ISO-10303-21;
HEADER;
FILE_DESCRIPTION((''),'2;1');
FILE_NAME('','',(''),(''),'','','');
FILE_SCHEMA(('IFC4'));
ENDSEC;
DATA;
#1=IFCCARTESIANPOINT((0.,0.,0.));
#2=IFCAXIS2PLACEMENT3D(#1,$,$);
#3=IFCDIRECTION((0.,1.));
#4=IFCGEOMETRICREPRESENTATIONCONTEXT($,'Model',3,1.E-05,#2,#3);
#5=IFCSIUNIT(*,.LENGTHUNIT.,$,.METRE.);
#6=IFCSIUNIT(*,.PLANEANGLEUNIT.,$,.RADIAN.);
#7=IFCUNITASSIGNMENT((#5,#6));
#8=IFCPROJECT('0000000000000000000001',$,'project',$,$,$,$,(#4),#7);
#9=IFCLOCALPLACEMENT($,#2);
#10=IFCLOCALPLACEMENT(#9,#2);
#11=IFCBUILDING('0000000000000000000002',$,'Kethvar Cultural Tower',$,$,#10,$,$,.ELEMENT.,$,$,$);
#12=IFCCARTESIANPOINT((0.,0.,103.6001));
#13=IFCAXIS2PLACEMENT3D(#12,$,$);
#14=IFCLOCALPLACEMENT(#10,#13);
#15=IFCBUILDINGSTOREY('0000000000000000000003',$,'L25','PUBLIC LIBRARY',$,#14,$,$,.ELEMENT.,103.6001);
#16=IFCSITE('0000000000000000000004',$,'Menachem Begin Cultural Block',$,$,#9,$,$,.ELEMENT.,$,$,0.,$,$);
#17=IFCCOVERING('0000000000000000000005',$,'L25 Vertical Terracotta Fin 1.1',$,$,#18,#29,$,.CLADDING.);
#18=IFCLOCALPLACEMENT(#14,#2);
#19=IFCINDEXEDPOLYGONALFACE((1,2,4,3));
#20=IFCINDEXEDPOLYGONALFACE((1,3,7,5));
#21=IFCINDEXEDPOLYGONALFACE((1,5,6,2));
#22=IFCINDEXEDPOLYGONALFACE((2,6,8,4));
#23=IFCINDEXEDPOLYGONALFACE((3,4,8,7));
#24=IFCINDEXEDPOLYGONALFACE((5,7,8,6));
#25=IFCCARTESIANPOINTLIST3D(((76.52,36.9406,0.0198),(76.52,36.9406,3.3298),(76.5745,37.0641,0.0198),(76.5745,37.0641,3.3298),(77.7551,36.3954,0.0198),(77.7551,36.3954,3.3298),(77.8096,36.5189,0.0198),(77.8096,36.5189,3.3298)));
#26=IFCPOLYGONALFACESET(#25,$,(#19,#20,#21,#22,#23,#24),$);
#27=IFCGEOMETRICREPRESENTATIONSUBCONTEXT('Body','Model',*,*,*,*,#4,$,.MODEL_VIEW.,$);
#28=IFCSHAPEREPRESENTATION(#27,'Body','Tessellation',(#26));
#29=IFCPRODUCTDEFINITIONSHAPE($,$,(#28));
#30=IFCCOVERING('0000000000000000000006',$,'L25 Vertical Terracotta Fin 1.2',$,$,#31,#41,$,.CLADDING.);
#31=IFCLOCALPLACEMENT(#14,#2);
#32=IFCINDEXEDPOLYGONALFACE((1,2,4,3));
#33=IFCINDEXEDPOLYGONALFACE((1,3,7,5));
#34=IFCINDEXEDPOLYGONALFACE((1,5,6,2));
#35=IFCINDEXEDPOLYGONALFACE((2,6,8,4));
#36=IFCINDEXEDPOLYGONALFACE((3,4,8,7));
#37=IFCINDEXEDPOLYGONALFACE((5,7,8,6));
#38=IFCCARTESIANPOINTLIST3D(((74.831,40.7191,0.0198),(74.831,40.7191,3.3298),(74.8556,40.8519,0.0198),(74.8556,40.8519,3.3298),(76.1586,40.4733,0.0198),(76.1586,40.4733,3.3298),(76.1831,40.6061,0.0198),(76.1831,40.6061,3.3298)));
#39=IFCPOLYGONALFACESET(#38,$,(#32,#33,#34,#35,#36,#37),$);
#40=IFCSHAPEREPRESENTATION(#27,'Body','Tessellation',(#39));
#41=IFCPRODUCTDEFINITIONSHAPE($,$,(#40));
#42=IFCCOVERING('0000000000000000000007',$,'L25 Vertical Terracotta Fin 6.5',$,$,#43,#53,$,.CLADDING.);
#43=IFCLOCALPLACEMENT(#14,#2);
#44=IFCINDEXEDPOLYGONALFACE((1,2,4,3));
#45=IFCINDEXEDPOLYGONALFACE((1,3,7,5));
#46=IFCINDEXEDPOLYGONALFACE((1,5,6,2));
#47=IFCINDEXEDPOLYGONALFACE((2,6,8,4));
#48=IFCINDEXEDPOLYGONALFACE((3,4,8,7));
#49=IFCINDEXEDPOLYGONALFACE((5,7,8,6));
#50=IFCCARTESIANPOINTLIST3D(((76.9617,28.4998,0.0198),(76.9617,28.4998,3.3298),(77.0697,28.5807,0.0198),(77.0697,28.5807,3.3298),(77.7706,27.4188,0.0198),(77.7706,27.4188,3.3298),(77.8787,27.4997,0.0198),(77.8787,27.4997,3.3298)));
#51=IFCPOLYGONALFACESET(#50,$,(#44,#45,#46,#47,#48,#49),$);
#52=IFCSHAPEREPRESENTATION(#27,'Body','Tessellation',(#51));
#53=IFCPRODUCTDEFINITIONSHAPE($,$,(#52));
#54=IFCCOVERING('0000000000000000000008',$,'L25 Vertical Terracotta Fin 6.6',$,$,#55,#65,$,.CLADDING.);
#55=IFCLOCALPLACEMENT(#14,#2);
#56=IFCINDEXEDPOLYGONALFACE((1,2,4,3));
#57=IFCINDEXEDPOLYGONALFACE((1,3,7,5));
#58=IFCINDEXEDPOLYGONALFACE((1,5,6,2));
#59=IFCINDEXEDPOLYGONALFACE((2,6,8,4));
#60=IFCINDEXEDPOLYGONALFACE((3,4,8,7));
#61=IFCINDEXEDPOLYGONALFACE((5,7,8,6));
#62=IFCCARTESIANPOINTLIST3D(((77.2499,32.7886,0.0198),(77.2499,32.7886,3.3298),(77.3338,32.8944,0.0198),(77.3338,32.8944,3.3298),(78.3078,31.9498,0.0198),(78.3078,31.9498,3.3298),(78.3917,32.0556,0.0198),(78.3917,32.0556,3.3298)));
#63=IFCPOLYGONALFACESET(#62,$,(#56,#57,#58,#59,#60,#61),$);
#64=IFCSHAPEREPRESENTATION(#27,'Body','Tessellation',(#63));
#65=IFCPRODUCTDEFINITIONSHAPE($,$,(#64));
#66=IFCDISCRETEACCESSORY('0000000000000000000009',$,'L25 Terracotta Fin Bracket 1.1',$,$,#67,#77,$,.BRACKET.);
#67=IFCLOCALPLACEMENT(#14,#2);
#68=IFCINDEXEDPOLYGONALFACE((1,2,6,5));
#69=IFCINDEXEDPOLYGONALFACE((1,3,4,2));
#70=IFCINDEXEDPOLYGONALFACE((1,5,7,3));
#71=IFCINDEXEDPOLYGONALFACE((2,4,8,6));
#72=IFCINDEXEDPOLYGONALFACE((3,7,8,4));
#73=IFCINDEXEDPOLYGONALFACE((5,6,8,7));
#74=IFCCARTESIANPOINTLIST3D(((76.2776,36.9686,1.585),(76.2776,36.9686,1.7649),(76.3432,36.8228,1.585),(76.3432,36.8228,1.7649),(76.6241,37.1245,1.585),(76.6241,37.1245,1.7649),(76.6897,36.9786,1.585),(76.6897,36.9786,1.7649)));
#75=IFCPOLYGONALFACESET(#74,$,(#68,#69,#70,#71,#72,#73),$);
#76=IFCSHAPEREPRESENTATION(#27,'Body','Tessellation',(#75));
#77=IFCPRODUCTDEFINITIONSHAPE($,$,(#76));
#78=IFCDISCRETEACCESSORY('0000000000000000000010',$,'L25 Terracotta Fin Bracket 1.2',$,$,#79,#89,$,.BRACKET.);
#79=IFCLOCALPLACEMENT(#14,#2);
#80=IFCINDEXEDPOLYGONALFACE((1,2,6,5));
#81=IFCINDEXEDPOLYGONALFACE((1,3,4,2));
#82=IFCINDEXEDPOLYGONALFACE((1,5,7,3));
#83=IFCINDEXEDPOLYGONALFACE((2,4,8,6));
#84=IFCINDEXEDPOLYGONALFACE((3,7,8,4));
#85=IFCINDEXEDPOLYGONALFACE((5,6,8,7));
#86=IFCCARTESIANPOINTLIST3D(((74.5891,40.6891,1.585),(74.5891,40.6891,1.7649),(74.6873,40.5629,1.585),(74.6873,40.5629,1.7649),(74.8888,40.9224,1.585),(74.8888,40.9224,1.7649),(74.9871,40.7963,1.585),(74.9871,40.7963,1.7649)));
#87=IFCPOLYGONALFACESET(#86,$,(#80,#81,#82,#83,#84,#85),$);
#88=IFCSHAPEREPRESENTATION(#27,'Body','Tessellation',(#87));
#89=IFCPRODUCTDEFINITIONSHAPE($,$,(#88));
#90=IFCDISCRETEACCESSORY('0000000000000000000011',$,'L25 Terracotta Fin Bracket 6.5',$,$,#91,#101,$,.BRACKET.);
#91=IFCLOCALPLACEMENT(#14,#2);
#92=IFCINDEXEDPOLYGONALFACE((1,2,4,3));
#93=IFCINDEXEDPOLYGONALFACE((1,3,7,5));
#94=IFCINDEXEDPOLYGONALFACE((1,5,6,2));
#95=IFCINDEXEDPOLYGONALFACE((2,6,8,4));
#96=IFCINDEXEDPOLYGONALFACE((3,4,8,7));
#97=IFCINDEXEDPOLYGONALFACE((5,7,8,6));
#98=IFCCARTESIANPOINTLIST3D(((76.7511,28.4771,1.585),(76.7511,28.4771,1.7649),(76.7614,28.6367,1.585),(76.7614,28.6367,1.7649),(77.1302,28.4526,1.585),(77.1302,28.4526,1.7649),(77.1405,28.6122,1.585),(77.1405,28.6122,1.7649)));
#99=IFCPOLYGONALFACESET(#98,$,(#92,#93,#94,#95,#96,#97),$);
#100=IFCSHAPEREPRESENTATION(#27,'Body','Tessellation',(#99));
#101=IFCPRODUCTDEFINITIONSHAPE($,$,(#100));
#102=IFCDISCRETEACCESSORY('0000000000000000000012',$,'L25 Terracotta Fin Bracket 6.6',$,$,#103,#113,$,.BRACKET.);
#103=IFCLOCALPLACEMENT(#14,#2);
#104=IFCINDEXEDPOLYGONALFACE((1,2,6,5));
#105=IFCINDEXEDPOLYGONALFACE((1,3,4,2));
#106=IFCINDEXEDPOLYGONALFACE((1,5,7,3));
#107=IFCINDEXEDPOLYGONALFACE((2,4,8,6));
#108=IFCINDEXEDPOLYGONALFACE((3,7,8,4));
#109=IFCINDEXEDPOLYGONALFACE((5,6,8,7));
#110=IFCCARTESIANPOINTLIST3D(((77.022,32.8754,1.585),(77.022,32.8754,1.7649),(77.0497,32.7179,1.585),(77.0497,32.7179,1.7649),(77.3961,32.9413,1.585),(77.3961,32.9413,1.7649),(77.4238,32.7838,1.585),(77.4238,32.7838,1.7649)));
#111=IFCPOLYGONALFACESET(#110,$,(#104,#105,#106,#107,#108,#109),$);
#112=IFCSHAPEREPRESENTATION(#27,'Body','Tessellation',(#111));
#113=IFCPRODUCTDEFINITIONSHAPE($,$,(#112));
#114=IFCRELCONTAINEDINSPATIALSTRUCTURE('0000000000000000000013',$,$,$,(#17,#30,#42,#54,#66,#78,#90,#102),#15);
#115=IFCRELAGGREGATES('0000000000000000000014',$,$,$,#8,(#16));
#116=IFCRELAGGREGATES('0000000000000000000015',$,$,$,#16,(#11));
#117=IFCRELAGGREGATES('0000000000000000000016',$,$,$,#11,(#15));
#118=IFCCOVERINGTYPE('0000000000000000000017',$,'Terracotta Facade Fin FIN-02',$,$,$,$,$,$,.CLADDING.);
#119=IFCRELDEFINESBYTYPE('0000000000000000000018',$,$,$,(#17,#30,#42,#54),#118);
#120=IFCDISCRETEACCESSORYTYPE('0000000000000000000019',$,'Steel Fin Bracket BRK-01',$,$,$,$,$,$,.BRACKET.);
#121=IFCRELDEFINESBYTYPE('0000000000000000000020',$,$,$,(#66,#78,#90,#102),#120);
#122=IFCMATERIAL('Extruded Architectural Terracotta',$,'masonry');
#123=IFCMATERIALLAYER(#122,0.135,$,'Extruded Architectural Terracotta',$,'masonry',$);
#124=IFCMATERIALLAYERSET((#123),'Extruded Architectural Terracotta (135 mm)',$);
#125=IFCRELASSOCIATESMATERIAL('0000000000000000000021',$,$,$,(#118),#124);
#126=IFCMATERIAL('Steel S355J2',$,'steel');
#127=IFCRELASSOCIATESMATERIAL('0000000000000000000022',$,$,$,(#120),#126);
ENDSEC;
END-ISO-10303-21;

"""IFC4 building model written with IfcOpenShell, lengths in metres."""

from ifc_helpers import new_model, si_unit, direction, frame, origin, origin_2d, place, context, subcontext, project, spatial, rectangle, extrude, source, transform, mapped, material, layer, layer_set, type_object, element, save


model = new_model("IFC4")

# Units and contexts
model_context = context("Model", 3, precision=1e-05, world=origin(), true_north=direction((0.0, 1.0)))
body_context = subcontext(model_context, "Body", "Model", "MODEL_VIEW")
ifc_project = project(units=[si_unit("LENGTHUNIT", "METRE"), si_unit("PLANEANGLEUNIT", "RADIAN")], contexts=[model_context])

# Site, building, storey
site_placement = place(None, origin())
site = spatial("IfcSite", under=ifc_project, at=site_placement, Name="Menachem Begin Cultural Block", CompositionType="ELEMENT", RefElevation=0.0)
building_placement = place(site_placement, origin())
building = spatial("IfcBuilding", under=site, at=building_placement, Name="Kethvar Cultural Tower", CompositionType="ELEMENT")
storey_placement = place(building_placement, frame((0.0, 0.0, 103.6001)))
storey = spatial("IfcBuildingStorey", under=building, at=storey_placement, Name="L25", Description="PUBLIC LIBRARY", CompositionType="ELEMENT", Elevation=103.6001)

# Shared definitions
ifc_material_1 = material(Name="Steel S355J2", Category="steel")

# Coverings
ifc_material_2 = material(Name="Extruded Architectural Terracotta", Category="masonry")
ifc_layer_1 = layer(ifc_material_2, 0.135, Name="Extruded Architectural Terracotta", Category="masonry")
ifc_layer_set_1 = layer_set([ifc_layer_1], Name="Extruded Architectural Terracotta (135 mm)")
covering_type = type_object("IfcCoveringType", Name="Terracotta Facade Fin FIN-02", PredefinedType="CLADDING", material=ifc_layer_set_1)
shared_shape_1 = source(origin(), body_context, "Body", "SweptSolid", [
    extrude(rectangle(XDim=1.3501, YDim=0.135, at=origin_2d()), origin(), (0.0, 0.0, 1.0), 3.3101),
])
for number, where, z_axis, x_axis, name in (
    (1, (77.1648, 36.7297, 0.0198), (0.0, 0.0, 1.0), (0.914819, -0.403865, 0.0), "L25 Vertical Terracotta Fin 1.1"),
    (2, (75.5071, 40.6626, 0.0198), (0.0, 0.0, 1.0), (0.983287, -0.182064, 0.0), "L25 Vertical Terracotta Fin 1.2"),
    (3, (77.4202, 27.9998, 0.0198), (0.0, 0.0, 1.0), (0.599163, -0.800627, 0.0), "L25 Vertical Terracotta Fin 6.5"),
    (4, (77.8208, 32.4221, 0.0198), (0.0, 0.0, 1.0), (0.783585, -0.621285, 0.0), "L25 Vertical Terracotta Fin 6.6"),
):
    element("IfcCovering", number, at=place(storey_placement, frame(where, z_axis=z_axis, x_axis=x_axis)), inside=storey, type_object=covering_type, Name=name, PredefinedType="CLADDING", context=body_context, shape_type="MappedRepresentation", body=[
        mapped(shared_shape_1, transform((0.0, 0.0, 0.0), scale=1.0)),
    ])

# Discrete accessories
discrete_accessory_type = type_object("IfcDiscreteAccessoryType", Name="Steel Fin Bracket BRK-01", PredefinedType="BRACKET", material=ifc_material_1)
shared_shape_2 = source(origin(), body_context, "Body", "SweptSolid", [
    extrude(rectangle(XDim=0.3799, YDim=0.1599, at=origin_2d()), origin(), (0.0, 0.0, 1.0), 0.1799),
])
for number, where, z_axis, x_axis, name in (
    (5, (76.4836, 36.9736, 1.585), (0.0, 0.0, 1.0), (0.911977, 0.410241, 0.0), "L25 Terracotta Fin Bracket 1.1"),
    (6, (74.7881, 40.7427, 1.585), (0.0, 0.0, 1.0), (0.789084, 0.614285, 0.0), "L25 Terracotta Fin Bracket 1.2"),
    (7, (76.9458, 28.5447, 1.585), (0.0, 0.0, 1.0), (0.997916, -0.064532, 0.0), "L25 Terracotta Fin Bracket 6.5"),
    (8, (77.2229, 32.8296, 1.585), (0.0, 0.0, 1.0), (0.984868, 0.173304, 0.0), "L25 Terracotta Fin Bracket 6.6"),
):
    element("IfcDiscreteAccessory", number, at=place(storey_placement, frame(where, z_axis=z_axis, x_axis=x_axis)), inside=storey, type_object=discrete_accessory_type, Name=name, PredefinedType="BRACKET", context=body_context, shape_type="MappedRepresentation", body=[
        mapped(shared_shape_2, transform((0.0, 0.0, 0.0), scale=1.0)),
    ])

save(model, "model.ifc")
